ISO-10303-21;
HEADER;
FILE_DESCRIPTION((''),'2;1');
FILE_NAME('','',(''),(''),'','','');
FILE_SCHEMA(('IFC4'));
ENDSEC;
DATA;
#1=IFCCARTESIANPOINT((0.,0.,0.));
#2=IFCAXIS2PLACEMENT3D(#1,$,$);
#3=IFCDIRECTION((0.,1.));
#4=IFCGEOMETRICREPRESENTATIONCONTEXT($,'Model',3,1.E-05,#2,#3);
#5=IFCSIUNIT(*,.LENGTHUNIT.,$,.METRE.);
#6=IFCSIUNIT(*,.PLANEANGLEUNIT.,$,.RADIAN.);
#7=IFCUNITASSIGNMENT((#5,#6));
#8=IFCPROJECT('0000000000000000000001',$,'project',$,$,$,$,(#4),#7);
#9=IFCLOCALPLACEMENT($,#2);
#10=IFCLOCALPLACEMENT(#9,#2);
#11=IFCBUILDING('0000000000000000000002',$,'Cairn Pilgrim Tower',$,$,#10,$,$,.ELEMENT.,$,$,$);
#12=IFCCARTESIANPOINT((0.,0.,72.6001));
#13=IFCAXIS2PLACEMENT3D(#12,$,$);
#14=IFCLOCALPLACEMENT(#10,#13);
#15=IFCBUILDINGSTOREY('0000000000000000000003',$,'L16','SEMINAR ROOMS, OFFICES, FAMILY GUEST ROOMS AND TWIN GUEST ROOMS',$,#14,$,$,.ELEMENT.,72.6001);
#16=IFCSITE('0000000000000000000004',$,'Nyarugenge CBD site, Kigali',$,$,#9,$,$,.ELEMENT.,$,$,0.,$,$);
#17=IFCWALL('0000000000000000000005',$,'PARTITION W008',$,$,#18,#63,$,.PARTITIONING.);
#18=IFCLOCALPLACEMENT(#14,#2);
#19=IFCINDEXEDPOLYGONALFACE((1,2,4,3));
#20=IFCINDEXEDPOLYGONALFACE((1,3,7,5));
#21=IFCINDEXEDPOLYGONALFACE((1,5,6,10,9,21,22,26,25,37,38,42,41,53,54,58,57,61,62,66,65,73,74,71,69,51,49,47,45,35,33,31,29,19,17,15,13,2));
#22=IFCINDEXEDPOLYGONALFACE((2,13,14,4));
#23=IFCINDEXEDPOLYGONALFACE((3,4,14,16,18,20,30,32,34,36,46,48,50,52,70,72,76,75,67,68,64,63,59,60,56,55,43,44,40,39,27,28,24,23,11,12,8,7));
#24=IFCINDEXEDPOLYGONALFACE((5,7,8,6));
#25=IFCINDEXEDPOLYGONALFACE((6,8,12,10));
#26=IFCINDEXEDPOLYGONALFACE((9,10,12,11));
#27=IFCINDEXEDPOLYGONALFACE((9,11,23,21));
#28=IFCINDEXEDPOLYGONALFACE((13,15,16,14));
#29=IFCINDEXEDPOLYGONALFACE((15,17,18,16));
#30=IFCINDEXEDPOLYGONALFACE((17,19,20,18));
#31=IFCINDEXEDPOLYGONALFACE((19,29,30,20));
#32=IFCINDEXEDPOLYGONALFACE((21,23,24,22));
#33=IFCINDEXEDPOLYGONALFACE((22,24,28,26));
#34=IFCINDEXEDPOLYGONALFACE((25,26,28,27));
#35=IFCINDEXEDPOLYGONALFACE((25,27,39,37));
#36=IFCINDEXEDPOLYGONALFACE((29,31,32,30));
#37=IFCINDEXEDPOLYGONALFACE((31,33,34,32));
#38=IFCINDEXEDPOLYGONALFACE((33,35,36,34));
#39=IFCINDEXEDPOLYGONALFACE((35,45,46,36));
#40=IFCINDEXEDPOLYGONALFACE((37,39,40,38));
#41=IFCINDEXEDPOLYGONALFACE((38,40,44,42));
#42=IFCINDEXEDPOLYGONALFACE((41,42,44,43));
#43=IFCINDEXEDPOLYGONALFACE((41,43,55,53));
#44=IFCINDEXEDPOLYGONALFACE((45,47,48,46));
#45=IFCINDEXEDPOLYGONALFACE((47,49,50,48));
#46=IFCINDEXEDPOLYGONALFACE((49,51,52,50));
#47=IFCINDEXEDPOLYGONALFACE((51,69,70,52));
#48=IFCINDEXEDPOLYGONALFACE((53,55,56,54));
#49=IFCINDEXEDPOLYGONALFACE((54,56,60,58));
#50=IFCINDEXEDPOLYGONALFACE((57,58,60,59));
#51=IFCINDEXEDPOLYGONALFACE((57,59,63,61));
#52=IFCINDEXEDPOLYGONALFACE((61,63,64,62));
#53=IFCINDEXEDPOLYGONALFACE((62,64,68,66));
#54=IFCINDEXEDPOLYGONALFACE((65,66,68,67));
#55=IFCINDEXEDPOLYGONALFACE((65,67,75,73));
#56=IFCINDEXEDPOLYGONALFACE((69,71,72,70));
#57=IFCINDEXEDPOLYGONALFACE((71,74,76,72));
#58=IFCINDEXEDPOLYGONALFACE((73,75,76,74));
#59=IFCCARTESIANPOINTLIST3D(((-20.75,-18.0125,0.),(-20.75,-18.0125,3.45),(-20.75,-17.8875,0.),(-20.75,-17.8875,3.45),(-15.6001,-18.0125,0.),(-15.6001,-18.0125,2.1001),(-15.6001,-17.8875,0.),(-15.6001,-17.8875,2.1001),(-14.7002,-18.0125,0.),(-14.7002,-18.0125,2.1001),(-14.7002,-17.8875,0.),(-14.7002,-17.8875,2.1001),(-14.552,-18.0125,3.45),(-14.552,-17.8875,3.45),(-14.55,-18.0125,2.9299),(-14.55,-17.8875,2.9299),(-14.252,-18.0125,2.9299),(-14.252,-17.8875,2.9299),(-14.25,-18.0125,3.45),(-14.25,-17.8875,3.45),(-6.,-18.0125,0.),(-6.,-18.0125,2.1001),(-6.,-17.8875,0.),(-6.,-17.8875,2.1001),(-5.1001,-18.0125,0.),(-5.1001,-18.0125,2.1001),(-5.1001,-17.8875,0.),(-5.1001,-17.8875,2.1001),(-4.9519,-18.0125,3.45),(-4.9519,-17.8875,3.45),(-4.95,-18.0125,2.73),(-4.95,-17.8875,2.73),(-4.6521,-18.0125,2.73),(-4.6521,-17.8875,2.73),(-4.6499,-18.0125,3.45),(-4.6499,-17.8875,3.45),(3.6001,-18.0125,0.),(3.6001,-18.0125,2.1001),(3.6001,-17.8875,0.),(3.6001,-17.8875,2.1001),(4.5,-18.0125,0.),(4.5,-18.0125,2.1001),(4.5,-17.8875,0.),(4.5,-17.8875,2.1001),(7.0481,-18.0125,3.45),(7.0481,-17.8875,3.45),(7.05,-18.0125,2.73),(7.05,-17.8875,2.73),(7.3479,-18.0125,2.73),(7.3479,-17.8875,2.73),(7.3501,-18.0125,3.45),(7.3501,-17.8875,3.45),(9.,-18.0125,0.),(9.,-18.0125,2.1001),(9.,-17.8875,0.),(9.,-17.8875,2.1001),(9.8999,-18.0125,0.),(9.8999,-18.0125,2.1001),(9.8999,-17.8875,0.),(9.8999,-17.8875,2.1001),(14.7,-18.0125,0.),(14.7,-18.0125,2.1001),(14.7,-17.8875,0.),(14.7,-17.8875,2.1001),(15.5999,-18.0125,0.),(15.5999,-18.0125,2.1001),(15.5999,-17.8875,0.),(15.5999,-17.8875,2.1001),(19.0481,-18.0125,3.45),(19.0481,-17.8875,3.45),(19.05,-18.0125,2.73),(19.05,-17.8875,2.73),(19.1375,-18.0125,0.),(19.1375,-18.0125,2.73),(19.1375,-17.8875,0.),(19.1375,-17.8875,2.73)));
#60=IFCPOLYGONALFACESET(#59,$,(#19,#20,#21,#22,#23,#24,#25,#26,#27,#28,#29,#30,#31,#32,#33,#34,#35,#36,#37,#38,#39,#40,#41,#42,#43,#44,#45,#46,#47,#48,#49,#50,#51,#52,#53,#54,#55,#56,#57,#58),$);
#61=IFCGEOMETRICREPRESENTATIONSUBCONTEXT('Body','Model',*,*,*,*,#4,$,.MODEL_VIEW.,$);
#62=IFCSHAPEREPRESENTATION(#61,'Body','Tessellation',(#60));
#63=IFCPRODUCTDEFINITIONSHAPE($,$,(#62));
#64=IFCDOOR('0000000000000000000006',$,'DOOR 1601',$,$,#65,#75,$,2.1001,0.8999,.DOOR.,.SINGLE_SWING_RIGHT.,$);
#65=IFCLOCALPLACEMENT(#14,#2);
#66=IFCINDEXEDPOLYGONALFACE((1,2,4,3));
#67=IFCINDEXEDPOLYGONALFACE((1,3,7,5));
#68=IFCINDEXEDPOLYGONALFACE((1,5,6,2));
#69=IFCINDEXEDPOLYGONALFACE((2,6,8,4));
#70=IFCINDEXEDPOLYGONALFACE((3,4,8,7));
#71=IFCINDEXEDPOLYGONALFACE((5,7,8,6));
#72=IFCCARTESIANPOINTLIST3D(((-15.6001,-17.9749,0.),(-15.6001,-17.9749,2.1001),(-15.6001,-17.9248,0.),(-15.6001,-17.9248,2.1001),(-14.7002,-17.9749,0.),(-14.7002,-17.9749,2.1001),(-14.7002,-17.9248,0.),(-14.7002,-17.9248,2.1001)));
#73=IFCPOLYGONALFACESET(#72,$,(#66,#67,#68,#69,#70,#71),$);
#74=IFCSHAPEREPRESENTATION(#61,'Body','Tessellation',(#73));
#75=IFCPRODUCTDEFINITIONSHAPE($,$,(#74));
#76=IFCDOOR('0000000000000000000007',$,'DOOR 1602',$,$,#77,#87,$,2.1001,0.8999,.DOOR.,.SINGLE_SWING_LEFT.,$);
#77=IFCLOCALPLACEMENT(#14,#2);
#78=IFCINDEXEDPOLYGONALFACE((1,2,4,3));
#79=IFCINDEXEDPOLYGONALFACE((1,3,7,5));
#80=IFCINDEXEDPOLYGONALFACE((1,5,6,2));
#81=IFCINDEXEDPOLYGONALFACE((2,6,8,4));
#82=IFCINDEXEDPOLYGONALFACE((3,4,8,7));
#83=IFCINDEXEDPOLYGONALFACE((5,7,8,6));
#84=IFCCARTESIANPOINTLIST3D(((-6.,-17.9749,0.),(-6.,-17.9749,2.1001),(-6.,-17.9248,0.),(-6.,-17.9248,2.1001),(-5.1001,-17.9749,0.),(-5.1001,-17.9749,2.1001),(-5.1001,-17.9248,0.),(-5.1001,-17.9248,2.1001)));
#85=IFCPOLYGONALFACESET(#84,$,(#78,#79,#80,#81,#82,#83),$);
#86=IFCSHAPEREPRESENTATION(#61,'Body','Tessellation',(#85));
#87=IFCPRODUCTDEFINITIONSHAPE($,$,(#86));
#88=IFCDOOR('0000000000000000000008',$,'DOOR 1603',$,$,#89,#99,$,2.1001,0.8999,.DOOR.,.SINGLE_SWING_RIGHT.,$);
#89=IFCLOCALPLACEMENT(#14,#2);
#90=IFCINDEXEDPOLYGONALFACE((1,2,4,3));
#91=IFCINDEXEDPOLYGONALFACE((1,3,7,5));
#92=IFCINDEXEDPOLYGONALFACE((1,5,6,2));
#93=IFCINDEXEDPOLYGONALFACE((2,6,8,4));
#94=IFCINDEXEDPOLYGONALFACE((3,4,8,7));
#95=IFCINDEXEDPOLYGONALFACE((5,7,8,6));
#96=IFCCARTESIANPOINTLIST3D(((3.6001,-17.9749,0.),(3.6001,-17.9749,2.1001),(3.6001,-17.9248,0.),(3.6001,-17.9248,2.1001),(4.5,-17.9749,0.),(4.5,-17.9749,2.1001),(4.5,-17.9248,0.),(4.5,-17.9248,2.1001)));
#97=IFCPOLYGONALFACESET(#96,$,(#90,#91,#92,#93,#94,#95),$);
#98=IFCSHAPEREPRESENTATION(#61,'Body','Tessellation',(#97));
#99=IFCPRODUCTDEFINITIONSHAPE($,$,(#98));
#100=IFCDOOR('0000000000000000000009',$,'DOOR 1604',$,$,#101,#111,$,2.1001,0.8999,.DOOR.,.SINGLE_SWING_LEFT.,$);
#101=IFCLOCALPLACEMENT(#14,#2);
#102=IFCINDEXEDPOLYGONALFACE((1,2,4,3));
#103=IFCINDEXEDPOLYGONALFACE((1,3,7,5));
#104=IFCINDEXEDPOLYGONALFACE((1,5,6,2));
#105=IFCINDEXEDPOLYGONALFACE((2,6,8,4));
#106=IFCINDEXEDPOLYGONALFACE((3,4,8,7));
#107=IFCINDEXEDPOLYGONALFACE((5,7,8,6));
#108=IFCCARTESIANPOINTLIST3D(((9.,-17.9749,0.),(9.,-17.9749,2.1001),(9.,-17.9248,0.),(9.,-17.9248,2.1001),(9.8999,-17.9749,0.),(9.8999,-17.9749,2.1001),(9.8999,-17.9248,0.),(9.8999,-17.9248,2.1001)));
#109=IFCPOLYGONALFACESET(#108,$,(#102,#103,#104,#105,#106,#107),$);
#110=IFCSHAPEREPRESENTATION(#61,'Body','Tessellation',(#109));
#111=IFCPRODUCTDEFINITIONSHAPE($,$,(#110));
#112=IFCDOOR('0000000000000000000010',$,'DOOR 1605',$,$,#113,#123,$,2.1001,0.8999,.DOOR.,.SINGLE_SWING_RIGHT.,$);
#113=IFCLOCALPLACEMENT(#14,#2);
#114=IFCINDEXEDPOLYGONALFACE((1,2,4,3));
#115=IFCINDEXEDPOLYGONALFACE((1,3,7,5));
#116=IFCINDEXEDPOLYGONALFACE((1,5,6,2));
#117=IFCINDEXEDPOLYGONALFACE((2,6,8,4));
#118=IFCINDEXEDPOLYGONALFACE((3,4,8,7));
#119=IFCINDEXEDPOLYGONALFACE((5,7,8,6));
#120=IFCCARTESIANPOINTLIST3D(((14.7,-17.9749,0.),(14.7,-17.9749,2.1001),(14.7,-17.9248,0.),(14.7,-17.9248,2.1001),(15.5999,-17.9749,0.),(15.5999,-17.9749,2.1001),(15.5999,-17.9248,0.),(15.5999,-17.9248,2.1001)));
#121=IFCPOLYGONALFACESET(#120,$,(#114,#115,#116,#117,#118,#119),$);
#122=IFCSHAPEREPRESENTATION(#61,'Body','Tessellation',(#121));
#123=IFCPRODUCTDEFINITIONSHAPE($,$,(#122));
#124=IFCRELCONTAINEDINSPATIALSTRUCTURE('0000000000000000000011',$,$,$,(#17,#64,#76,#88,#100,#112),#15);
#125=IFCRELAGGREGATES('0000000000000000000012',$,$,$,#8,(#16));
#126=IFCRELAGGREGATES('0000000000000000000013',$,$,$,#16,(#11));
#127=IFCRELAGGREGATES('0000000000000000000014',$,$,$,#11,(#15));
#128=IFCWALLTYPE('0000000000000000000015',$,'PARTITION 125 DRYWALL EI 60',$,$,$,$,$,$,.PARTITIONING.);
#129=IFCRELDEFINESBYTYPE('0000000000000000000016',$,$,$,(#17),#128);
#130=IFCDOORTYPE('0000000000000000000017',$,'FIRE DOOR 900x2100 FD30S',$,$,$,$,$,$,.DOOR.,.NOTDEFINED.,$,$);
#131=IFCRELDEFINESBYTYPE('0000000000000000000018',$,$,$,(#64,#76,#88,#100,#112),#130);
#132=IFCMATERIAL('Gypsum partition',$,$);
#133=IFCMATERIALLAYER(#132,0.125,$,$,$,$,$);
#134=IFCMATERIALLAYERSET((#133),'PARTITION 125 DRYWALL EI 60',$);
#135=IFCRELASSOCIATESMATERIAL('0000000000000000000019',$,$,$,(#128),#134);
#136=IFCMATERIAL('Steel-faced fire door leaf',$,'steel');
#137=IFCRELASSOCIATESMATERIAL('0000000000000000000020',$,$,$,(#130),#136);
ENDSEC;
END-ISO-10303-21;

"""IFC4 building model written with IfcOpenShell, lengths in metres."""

from ifc_helpers import new_model, si_unit, direction, frame, frame_2d, origin, place, context, subcontext, project, spatial, polyline, rectangle, outline, extrude, material, layer, layer_set, type_object, element, fill, save


model = new_model("IFC4")

# Units and contexts
model_context = context("Model", 3, precision=1e-05, world=origin(), true_north=direction((0.0, 1.0)))
body_context = subcontext(model_context, "Body", "Model", "MODEL_VIEW")
ifc_project = project(units=[si_unit("LENGTHUNIT", "METRE"), si_unit("PLANEANGLEUNIT", "RADIAN")], contexts=[model_context])

# Site, building, storey
site_placement = place(None, origin())
site = spatial("IfcSite", under=ifc_project, at=site_placement, Name="Nyarugenge CBD site, Kigali", CompositionType="ELEMENT", RefElevation=0.0)
building_placement = place(site_placement, origin())
building = spatial("IfcBuilding", under=site, at=building_placement, Name="Cairn Pilgrim Tower", CompositionType="ELEMENT")
storey_placement = place(building_placement, frame((0.0, 0.0, 72.6001)))
storey = spatial("IfcBuildingStorey", under=building, at=storey_placement, Name="L16", Description="SEMINAR ROOMS, OFFICES, FAMILY GUEST ROOMS AND TWIN GUEST ROOMS", CompositionType="ELEMENT", Elevation=72.6001)

# Wall, openings, doors
ifc_material_1 = material(Name="Gypsum partition")
ifc_layer_1 = layer(ifc_material_1, 0.125)
ifc_layer_set_1 = layer_set([ifc_layer_1], Name="PARTITION 125 DRYWALL EI 60")
wall_type_1 = type_object("IfcWallType", Name="PARTITION 125 DRYWALL EI 60", PredefinedType="PARTITIONING", material=ifc_layer_set_1)
wall_1_placement = place(storey_placement, frame((-20.75, -17.95, 0.0), z_axis=(0.0, 0.0, 1.0), x_axis=(1.0, 0.0, 0.0)))
wall_1 = element("IfcWall", 1, at=wall_1_placement, inside=storey, type_object=wall_type_1, Name="PARTITION W008", PredefinedType="PARTITIONING", context=body_context, shape_type="SweptSolid", body=[
    extrude(outline(polyline([(0.0, 0.0), (39.8875, 0.0), (39.8875, 2.73), (39.8, 2.73), (39.7981, 3.45), (28.1001, 3.45), (28.0979, 2.73), (27.8, 2.73), (27.7981, 3.45), (16.1001, 3.45), (16.0979, 2.73), (15.8, 2.73), (15.7981, 3.45), (6.5, 3.45), (6.498, 2.9299), (6.2, 2.9299), (6.198, 3.45), (0.0, 3.45), (0.0, 0.0)])), frame((0.0, 0.0625, 0.0), z_axis=(0.0, -1.0, 0.0), x_axis=(1.0, 0.0, 0.0)), (0.0, 0.0, 1.0), 0.125),
])
opening_1_placement = place(wall_1_placement, frame((5.1499, 0.0, 0.0)))
opening_1 = element("IfcOpeningElement", 2, at=opening_1_placement, cuts=wall_1, PredefinedType="OPENING", context=body_context, shape_type="SweptSolid", body=[
    extrude(rectangle(XDim=0.8999, YDim=2.1001, at=frame_2d((0.45, 1.05))), frame((0.0, 0.0725, 0.0), z_axis=(0.0, -1.0, 0.0), x_axis=(1.0, 0.0, 0.0)), (0.0, 0.0, 1.0), 0.145),
])
opening_2_placement = place(wall_1_placement, frame((14.75, 0.0, 0.0)))
opening_2 = element("IfcOpeningElement", 3, at=opening_2_placement, cuts=wall_1, PredefinedType="OPENING", context=body_context, shape_type="SweptSolid", body=[
    extrude(rectangle(XDim=0.8999, YDim=2.1001, at=frame_2d((0.45, 1.05))), frame((0.0, 0.0725, 0.0), z_axis=(0.0, -1.0, 0.0), x_axis=(1.0, 0.0, 0.0)), (0.0, 0.0, 1.0), 0.145),
])
opening_3_placement = place(wall_1_placement, frame((24.3501, 0.0, 0.0)))
opening_3 = element("IfcOpeningElement", 4, at=opening_3_placement, cuts=wall_1, PredefinedType="OPENING", context=body_context, shape_type="SweptSolid", body=[
    extrude(rectangle(XDim=0.8999, YDim=2.1001, at=frame_2d((0.45, 1.05))), frame((0.0, 0.0725, 0.0), z_axis=(0.0, -1.0, 0.0), x_axis=(1.0, 0.0, 0.0)), (0.0, 0.0, 1.0), 0.145),
])
opening_4_placement = place(wall_1_placement, frame((29.75, 0.0, 0.0)))
opening_4 = element("IfcOpeningElement", 5, at=opening_4_placement, cuts=wall_1, PredefinedType="OPENING", context=body_context, shape_type="SweptSolid", body=[
    extrude(rectangle(XDim=0.8999, YDim=2.1001, at=frame_2d((0.45, 1.05))), frame((0.0, 0.0725, 0.0), z_axis=(0.0, -1.0, 0.0), x_axis=(1.0, 0.0, 0.0)), (0.0, 0.0, 1.0), 0.145),
])
opening_5_placement = place(wall_1_placement, frame((35.45, 0.0, 0.0)))
opening_5 = element("IfcOpeningElement", 6, at=opening_5_placement, cuts=wall_1, PredefinedType="OPENING", context=body_context, shape_type="SweptSolid", body=[
    extrude(rectangle(XDim=0.8999, YDim=2.1001, at=frame_2d((0.45, 1.05))), frame((0.0, 0.0725, 0.0), z_axis=(0.0, -1.0, 0.0), x_axis=(1.0, 0.0, 0.0)), (0.0, 0.0, 1.0), 0.145),
])
ifc_material_2 = material(Name="Steel-faced fire door leaf", Category="steel")
door_type_1 = type_object("IfcDoorType", Name="FIRE DOOR 900x2100 FD30S", OperationType="NOTDEFINED", PredefinedType="DOOR", material=ifc_material_2)
door_1_placement = place(opening_1_placement, frame((0.8999, 0.0, 0.0), z_axis=(0.0, 0.0, 1.0), x_axis=(-1.0, 0.0, 0.0)))
door_1 = element("IfcDoor", 7, at=door_1_placement, inside=storey, type_object=door_type_1, Name="DOOR 1601", OperationType="SINGLE_SWING_RIGHT", OverallHeight=2.1001, OverallWidth=0.8999, PredefinedType="DOOR", context=body_context, shape_type="SweptSolid", body=[
    extrude(rectangle(XDim=0.8999, YDim=2.1001, at=frame_2d((0.45, 1.05))), frame((0.0, 0.0249, 0.0), z_axis=(0.0, -1.0, 0.0), x_axis=(1.0, 0.0, 0.0)), (0.0, 0.0, 1.0), 0.05),
])
fill(opening_1, door_1)
door_2_placement = place(opening_2_placement, frame((0.8999, 0.0, 0.0), z_axis=(0.0, 0.0, 1.0), x_axis=(-1.0, 0.0, 0.0)))
door_2 = element("IfcDoor", 8, at=door_2_placement, inside=storey, type_object=door_type_1, Name="DOOR 1602", OperationType="SINGLE_SWING_LEFT", OverallHeight=2.1001, OverallWidth=0.8999, PredefinedType="DOOR", context=body_context, shape_type="SweptSolid", body=[
    extrude(rectangle(XDim=0.8999, YDim=2.1001, at=frame_2d((0.45, 1.05))), frame((0.0, 0.0249, 0.0), z_axis=(0.0, -1.0, 0.0), x_axis=(1.0, 0.0, 0.0)), (0.0, 0.0, 1.0), 0.05),
])
fill(opening_2, door_2)
door_3_placement = place(opening_3_placement, frame((0.8999, 0.0, 0.0), z_axis=(0.0, 0.0, 1.0), x_axis=(-1.0, 0.0, 0.0)))
door_3 = element("IfcDoor", 9, at=door_3_placement, inside=storey, type_object=door_type_1, Name="DOOR 1603", OperationType="SINGLE_SWING_RIGHT", OverallHeight=2.1001, OverallWidth=0.8999, PredefinedType="DOOR", context=body_context, shape_type="SweptSolid", body=[
    extrude(rectangle(XDim=0.8999, YDim=2.1001, at=frame_2d((0.45, 1.05))), frame((0.0, 0.0249, 0.0), z_axis=(0.0, -1.0, 0.0), x_axis=(1.0, 0.0, 0.0)), (0.0, 0.0, 1.0), 0.05),
])
fill(opening_3, door_3)
door_4_placement = place(opening_4_placement, frame((0.8999, 0.0, 0.0), z_axis=(0.0, 0.0, 1.0), x_axis=(-1.0, 0.0, 0.0)))
door_4 = element("IfcDoor", 10, at=door_4_placement, inside=storey, type_object=door_type_1, Name="DOOR 1604", OperationType="SINGLE_SWING_LEFT", OverallHeight=2.1001, OverallWidth=0.8999, PredefinedType="DOOR", context=body_context, shape_type="SweptSolid", body=[
    extrude(rectangle(XDim=0.8999, YDim=2.1001, at=frame_2d((0.45, 1.05))), frame((0.0, 0.0249, 0.0), z_axis=(0.0, -1.0, 0.0), x_axis=(1.0, 0.0, 0.0)), (0.0, 0.0, 1.0), 0.05),
])
fill(opening_4, door_4)
door_5_placement = place(opening_5_placement, frame((0.8999, 0.0, 0.0), z_axis=(0.0, 0.0, 1.0), x_axis=(-1.0, 0.0, 0.0)))
door_5 = element("IfcDoor", 11, at=door_5_placement, inside=storey, type_object=door_type_1, Name="DOOR 1605", OperationType="SINGLE_SWING_RIGHT", OverallHeight=2.1001, OverallWidth=0.8999, PredefinedType="DOOR", context=body_context, shape_type="SweptSolid", body=[
    extrude(rectangle(XDim=0.8999, YDim=2.1001, at=frame_2d((0.45, 1.05))), frame((0.0, 0.0249, 0.0), z_axis=(0.0, -1.0, 0.0), x_axis=(1.0, 0.0, 0.0)), (0.0, 0.0, 1.0), 0.05),
])
fill(opening_5, door_5)

save(model, "model.ifc")
